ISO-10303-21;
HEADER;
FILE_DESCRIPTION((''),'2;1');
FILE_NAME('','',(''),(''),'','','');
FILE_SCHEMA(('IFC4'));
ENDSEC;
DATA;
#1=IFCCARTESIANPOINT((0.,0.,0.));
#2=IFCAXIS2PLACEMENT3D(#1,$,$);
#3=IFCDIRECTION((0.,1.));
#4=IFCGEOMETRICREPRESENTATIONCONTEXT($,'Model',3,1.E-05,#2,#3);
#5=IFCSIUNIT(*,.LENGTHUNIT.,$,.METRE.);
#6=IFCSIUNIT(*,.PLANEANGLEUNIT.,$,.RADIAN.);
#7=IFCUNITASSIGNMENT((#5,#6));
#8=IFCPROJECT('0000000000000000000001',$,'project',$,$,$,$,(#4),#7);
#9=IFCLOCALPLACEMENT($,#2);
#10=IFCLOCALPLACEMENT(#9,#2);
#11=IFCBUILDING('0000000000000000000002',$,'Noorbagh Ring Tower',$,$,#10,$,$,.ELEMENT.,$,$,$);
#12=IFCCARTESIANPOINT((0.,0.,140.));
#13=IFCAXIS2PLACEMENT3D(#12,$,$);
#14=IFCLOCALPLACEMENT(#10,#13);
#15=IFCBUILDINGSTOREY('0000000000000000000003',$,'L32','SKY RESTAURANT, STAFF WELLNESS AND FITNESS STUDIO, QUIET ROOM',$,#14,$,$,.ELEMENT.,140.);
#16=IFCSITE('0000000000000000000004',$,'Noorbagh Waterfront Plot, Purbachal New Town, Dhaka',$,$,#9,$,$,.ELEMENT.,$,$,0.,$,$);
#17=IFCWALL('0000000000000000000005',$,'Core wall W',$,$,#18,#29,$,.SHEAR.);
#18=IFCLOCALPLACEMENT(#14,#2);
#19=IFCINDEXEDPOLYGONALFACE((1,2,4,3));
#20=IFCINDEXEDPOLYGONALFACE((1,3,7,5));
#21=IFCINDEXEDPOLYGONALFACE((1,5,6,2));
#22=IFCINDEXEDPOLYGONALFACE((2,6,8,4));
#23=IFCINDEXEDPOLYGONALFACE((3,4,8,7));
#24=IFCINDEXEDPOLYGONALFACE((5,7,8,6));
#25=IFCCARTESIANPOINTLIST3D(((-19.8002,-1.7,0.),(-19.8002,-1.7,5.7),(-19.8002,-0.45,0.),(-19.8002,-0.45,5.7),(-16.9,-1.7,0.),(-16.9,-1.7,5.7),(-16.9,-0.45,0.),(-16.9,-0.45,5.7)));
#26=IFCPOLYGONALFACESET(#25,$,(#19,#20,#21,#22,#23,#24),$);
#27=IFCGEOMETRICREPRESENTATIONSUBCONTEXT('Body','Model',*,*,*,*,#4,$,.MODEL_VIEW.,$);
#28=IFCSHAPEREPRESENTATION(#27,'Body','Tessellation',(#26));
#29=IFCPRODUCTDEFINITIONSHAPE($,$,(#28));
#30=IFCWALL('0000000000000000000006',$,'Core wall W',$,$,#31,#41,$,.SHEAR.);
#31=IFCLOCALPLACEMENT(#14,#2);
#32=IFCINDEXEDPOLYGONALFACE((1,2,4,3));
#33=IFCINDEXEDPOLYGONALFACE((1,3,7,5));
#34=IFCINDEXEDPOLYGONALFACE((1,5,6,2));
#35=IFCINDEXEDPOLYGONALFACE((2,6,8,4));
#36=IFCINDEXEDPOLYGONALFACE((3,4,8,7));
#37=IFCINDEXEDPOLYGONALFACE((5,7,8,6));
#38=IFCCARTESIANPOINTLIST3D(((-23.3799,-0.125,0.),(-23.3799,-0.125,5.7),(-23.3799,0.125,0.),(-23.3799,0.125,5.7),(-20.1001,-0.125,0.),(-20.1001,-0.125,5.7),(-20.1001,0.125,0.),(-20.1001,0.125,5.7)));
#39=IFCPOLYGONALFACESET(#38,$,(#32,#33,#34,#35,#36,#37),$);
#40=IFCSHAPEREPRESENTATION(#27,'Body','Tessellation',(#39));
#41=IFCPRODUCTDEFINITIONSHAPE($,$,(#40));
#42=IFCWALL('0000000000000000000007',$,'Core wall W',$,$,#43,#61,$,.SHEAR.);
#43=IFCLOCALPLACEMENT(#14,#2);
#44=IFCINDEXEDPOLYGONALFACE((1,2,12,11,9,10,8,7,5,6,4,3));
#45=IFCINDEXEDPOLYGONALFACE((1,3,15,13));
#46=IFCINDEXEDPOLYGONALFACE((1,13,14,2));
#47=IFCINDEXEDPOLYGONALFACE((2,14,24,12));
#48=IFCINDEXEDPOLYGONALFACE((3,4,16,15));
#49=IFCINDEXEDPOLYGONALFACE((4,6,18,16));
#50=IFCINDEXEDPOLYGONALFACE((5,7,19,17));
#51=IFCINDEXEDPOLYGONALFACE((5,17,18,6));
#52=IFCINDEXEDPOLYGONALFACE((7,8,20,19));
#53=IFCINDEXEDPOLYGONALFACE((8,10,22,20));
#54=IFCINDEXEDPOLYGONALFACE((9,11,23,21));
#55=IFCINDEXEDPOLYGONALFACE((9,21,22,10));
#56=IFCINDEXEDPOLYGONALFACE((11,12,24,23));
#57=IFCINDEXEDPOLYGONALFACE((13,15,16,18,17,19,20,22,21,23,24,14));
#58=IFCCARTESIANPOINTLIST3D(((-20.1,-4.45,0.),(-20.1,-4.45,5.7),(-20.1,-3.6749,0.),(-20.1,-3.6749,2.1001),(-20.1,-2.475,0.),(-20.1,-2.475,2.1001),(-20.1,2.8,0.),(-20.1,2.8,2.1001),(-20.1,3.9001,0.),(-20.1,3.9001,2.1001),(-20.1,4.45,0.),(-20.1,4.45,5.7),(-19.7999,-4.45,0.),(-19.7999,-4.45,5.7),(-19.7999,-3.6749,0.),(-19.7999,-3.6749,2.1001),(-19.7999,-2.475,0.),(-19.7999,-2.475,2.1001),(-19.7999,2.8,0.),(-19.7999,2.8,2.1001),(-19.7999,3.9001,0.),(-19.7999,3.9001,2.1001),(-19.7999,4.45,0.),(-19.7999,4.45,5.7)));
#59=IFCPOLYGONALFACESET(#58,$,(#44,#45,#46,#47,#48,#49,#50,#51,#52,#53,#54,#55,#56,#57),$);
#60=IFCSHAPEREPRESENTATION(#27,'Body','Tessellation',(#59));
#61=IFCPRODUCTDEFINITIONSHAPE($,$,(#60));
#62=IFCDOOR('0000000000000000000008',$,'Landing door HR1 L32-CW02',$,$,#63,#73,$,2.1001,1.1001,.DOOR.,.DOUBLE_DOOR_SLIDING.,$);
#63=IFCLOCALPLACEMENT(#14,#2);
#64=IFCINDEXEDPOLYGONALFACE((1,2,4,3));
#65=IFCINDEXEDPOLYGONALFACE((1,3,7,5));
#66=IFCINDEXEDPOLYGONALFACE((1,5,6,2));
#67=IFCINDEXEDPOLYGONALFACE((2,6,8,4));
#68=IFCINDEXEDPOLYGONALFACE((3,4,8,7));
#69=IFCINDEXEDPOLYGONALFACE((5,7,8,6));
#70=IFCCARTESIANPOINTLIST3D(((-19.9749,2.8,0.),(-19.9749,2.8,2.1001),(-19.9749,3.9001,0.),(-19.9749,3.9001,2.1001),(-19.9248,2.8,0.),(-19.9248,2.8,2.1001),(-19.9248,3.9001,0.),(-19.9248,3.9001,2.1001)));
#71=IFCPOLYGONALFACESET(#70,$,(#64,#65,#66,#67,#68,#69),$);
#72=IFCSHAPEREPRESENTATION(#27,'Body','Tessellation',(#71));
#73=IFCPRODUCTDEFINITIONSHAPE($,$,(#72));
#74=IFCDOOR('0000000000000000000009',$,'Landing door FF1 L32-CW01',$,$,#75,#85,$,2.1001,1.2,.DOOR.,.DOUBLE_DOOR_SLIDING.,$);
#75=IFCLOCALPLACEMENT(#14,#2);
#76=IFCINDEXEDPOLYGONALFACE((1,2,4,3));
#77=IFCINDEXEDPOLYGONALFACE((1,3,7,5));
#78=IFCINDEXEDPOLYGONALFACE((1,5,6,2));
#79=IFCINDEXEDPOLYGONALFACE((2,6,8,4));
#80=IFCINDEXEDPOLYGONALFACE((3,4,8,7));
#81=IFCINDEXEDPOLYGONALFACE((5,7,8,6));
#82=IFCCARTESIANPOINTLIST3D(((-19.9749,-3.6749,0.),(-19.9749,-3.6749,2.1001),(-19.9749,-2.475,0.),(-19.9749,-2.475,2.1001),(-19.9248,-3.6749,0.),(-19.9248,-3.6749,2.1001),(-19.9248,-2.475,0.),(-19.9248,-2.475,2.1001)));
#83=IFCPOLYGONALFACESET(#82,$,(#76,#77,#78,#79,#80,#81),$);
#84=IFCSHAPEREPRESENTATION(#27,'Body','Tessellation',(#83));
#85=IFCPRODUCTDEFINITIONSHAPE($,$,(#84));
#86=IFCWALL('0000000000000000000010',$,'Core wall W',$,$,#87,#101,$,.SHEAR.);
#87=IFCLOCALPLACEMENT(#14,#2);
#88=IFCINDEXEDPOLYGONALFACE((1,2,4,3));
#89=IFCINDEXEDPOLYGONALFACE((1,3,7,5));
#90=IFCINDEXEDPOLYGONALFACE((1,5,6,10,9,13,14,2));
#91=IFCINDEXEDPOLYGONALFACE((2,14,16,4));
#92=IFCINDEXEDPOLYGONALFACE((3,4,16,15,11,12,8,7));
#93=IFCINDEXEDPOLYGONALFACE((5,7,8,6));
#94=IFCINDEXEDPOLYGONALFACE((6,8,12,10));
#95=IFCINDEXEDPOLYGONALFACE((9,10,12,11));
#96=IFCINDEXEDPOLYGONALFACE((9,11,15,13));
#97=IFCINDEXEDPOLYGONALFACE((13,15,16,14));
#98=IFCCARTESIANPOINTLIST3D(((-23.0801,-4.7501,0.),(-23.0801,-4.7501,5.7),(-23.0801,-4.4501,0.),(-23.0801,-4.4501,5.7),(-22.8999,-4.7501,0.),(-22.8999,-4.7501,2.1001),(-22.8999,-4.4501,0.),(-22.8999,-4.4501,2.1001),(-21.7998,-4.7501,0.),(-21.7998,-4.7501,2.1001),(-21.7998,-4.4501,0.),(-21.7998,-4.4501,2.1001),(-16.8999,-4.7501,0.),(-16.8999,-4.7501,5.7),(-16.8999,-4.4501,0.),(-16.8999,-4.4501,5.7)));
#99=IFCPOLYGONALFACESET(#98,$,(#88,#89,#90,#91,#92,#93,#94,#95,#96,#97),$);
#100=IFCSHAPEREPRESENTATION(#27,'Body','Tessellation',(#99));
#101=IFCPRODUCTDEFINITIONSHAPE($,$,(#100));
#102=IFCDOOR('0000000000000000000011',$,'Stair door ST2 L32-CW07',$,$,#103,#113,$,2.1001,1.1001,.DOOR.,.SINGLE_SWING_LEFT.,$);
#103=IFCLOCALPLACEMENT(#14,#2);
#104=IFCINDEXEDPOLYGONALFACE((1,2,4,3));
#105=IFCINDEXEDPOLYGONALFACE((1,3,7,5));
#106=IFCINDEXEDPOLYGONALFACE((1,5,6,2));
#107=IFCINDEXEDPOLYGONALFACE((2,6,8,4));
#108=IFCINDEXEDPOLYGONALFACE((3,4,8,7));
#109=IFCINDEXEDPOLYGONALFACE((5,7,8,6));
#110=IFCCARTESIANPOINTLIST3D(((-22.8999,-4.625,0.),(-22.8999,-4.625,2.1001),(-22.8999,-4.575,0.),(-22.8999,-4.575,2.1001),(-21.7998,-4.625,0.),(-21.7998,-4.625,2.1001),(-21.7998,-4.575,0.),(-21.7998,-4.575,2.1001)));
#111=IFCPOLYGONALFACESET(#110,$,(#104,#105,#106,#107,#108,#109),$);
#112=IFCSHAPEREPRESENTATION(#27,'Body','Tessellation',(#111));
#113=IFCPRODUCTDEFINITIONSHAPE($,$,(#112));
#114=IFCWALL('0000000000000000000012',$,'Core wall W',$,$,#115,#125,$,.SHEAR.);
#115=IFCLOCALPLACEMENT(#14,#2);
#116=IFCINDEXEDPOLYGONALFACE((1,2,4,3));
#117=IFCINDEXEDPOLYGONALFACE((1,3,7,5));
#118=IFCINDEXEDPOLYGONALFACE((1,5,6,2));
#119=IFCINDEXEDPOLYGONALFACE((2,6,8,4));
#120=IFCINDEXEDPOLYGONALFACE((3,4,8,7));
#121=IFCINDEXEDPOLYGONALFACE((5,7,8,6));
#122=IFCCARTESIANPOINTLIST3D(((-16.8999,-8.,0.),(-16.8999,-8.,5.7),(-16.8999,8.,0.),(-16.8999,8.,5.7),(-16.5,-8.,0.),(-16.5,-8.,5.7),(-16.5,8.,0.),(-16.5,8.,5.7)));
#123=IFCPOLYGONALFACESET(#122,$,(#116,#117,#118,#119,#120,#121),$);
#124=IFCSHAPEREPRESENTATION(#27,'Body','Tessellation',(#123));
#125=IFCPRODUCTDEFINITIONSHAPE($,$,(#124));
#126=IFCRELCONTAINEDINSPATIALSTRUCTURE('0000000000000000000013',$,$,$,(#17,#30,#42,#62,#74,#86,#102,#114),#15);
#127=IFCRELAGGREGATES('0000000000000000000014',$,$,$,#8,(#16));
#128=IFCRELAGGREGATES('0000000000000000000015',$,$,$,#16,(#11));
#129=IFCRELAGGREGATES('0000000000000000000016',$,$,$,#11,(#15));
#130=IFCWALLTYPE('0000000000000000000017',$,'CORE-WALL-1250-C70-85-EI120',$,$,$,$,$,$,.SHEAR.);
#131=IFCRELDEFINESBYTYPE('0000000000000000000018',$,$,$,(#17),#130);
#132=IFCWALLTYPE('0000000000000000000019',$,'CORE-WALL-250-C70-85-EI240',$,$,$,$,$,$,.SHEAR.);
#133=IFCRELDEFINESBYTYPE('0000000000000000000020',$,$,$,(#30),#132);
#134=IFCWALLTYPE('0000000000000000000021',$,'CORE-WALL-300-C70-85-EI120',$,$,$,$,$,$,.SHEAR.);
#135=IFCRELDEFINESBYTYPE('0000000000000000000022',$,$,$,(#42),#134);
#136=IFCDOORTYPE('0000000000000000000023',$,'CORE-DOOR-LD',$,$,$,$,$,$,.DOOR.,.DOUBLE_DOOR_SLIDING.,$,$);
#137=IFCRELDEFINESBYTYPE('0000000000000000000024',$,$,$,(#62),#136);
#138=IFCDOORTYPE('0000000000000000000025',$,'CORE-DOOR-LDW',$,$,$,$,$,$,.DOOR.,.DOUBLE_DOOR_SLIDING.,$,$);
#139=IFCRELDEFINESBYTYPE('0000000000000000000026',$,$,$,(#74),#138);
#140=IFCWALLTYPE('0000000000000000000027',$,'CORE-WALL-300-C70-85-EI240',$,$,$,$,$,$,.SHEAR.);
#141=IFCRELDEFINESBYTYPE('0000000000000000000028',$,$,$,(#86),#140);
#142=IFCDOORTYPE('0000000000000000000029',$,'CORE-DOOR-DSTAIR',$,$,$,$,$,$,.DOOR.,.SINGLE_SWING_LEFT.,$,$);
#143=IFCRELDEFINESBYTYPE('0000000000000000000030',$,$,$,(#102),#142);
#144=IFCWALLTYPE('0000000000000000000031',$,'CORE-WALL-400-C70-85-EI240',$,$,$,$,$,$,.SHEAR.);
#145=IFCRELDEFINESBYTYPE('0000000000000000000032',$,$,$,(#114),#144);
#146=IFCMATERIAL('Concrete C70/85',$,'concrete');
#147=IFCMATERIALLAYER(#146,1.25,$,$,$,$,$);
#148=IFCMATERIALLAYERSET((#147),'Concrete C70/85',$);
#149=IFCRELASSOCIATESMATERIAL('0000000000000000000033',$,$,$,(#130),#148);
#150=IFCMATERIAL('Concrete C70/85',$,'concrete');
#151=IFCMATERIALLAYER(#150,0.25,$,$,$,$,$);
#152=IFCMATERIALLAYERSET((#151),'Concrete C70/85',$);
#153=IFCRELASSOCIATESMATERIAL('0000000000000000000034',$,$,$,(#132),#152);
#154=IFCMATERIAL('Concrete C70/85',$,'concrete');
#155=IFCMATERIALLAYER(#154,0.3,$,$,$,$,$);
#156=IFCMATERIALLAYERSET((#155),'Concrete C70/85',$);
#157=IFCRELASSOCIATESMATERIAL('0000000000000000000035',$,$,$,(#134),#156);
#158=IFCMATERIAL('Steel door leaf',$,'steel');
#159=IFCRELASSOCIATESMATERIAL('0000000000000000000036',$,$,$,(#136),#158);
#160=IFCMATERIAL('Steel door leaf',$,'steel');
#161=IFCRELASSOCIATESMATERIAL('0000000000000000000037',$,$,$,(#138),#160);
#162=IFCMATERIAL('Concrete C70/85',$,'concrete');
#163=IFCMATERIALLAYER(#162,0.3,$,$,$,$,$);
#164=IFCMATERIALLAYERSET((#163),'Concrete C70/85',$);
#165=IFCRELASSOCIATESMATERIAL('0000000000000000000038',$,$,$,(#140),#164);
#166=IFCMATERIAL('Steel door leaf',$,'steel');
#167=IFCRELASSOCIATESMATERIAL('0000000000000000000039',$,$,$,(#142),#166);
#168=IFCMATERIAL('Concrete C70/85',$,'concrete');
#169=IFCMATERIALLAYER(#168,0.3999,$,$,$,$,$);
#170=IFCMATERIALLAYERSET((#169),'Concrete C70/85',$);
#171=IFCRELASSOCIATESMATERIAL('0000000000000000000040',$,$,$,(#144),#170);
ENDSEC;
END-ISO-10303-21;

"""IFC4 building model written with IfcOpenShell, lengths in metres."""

from ifc_helpers import new_model, si_unit, direction, frame, frame_2d, origin, place, context, subcontext, project, spatial, rectangle, extrude, material, layer, layer_set, type_object, element, fill, save


model = new_model("IFC4")

# Units and contexts
model_context = context("Model", 3, precision=1e-05, world=origin(), true_north=direction((0.0, 1.0)))
body_context = subcontext(model_context, "Body", "Model", "MODEL_VIEW")
ifc_project = project(units=[si_unit("LENGTHUNIT", "METRE"), si_unit("PLANEANGLEUNIT", "RADIAN")], contexts=[model_context])

# Site, building, storey
site_placement = place(None, origin())
site = spatial("IfcSite", under=ifc_project, at=site_placement, Name="Noorbagh Waterfront Plot, Purbachal New Town, Dhaka", CompositionType="ELEMENT", RefElevation=0.0)
building_placement = place(site_placement, origin())
building = spatial("IfcBuilding", under=site, at=building_placement, Name="Noorbagh Ring Tower", CompositionType="ELEMENT")
storey_placement = place(building_placement, frame((0.0, 0.0, 140.0)))
storey = spatial("IfcBuildingStorey", under=building, at=storey_placement, Name="L32", Description="SKY RESTAURANT, STAFF WELLNESS AND FITNESS STUDIO, QUIET ROOM", CompositionType="ELEMENT", Elevation=140.0)

# Walls
ifc_material_1 = material(Name="Concrete C70/85", Category="concrete")
ifc_layer_1 = layer(ifc_material_1, 1.25)
ifc_layer_set_1 = layer_set([ifc_layer_1], Name="Concrete C70/85")
wall_type_1 = type_object("IfcWallType", Name="CORE-WALL-1250-C70-85-EI120", PredefinedType="SHEAR", material=ifc_layer_set_1)
wall_1_placement = place(storey_placement, frame((-16.8999, -1.075, 0.0), z_axis=(0.0, 0.0, 1.0), x_axis=(-1.0, 0.0, 0.0)))
element("IfcWall", 1, at=wall_1_placement, inside=storey, type_object=wall_type_1, Name="Core wall W", PredefinedType="SHEAR", context=body_context, shape_type="SweptSolid", body=[
    extrude(rectangle(XDim=2.9001, YDim=1.25, at=frame_2d((1.4502, 0.0))), origin(), (0.0, 0.0, 1.0), 5.7),
])
ifc_material_2 = material(Name="Concrete C70/85", Category="concrete")
ifc_layer_2 = layer(ifc_material_2, 0.25)
ifc_layer_set_2 = layer_set([ifc_layer_2], Name="Concrete C70/85")
wall_type_2 = type_object("IfcWallType", Name="CORE-WALL-250-C70-85-EI240", PredefinedType="SHEAR", material=ifc_layer_set_2)
wall_2_placement = place(storey_placement, frame((-20.1001, 0.0, 0.0), z_axis=(0.0, 0.0, 1.0), x_axis=(-1.0, 0.0, 0.0)))
element("IfcWall", 2, at=wall_2_placement, inside=storey, type_object=wall_type_2, Name="Core wall W", PredefinedType="SHEAR", context=body_context, shape_type="SweptSolid", body=[
    extrude(rectangle(XDim=3.2798, YDim=0.25, at=frame_2d((1.6399, 0.0))), origin(), (0.0, 0.0, 1.0), 5.7),
])

# Wall, openings, doors
ifc_material_3 = material(Name="Concrete C70/85", Category="concrete")
ifc_layer_3 = layer(ifc_material_3, 0.3)
ifc_layer_set_3 = layer_set([ifc_layer_3], Name="Concrete C70/85")
wall_type_3 = type_object("IfcWallType", Name="CORE-WALL-300-C70-85-EI120", PredefinedType="SHEAR", material=ifc_layer_set_3)
wall_3_placement = place(storey_placement, frame((-19.95, -4.45, 0.0), z_axis=(0.0, 0.0, 1.0), x_axis=(0.0, 1.0, 0.0)))
wall_3 = element("IfcWall", 3, at=wall_3_placement, inside=storey, type_object=wall_type_3, Name="Core wall W", PredefinedType="SHEAR", context=body_context, shape_type="SweptSolid", body=[
    extrude(rectangle(XDim=8.8999, YDim=0.3, at=frame_2d((4.45, 0.0))), origin(), (0.0, 0.0, 1.0), 5.7),
])
opening_1_placement = place(wall_3_placement, frame((0.7749, 0.0, 0.0)))
opening_1 = element("IfcOpeningElement", 4, at=opening_1_placement, cuts=wall_3, PredefinedType="OPENING", context=body_context, shape_type="SweptSolid", body=[
    extrude(rectangle(XDim=1.2, YDim=2.1001, at=frame_2d((0.6001, 1.05))), frame((0.0, 0.1602, 0.0), z_axis=(0.0, -1.0, 0.0), x_axis=(1.0, 0.0, 0.0)), (0.0, 0.0, 1.0), 0.3201),
])
opening_2_placement = place(wall_3_placement, frame((7.25, 0.0, 0.0)))
opening_2 = element("IfcOpeningElement", 5, at=opening_2_placement, cuts=wall_3, PredefinedType="OPENING", context=body_context, shape_type="SweptSolid", body=[
    extrude(rectangle(XDim=1.1001, YDim=2.1001, at=frame_2d((0.55, 1.05))), frame((0.0, 0.1602, 0.0), z_axis=(0.0, -1.0, 0.0), x_axis=(1.0, 0.0, 0.0)), (0.0, 0.0, 1.0), 0.3201),
])
ifc_material_4 = material(Name="Steel door leaf", Category="steel")
door_type_1 = type_object("IfcDoorType", Name="CORE-DOOR-LD", OperationType="DOUBLE_DOOR_SLIDING", PredefinedType="DOOR", material=ifc_material_4)
door_1_placement = place(opening_2_placement, origin())
door_1 = element("IfcDoor", 6, at=door_1_placement, inside=storey, type_object=door_type_1, Name="Landing door HR1 L32-CW02", OperationType="DOUBLE_DOOR_SLIDING", OverallHeight=2.1001, OverallWidth=1.1001, PredefinedType="DOOR", context=body_context, shape_type="SweptSolid", body=[
    extrude(rectangle(XDim=1.1001, YDim=2.1001, at=frame_2d((0.55, 1.05))), frame((0.0, 0.0249, 0.0), z_axis=(0.0, -1.0, 0.0), x_axis=(1.0, 0.0, 0.0)), (0.0, 0.0, 1.0), 0.05),
])
fill(opening_2, door_1)
ifc_material_5 = material(Name="Steel door leaf", Category="steel")
door_type_2 = type_object("IfcDoorType", Name="CORE-DOOR-LDW", OperationType="DOUBLE_DOOR_SLIDING", PredefinedType="DOOR", material=ifc_material_5)
door_2_placement = place(opening_1_placement, origin())
door_2 = element("IfcDoor", 7, at=door_2_placement, inside=storey, type_object=door_type_2, Name="Landing door FF1 L32-CW01", OperationType="DOUBLE_DOOR_SLIDING", OverallHeight=2.1001, OverallWidth=1.2, PredefinedType="DOOR", context=body_context, shape_type="SweptSolid", body=[
    extrude(rectangle(XDim=1.2, YDim=2.1001, at=frame_2d((0.6001, 1.05))), frame((0.0, 0.0249, 0.0), z_axis=(0.0, -1.0, 0.0), x_axis=(1.0, 0.0, 0.0)), (0.0, 0.0, 1.0), 0.05),
])
fill(opening_1, door_2)

# Wall, opening, door
ifc_material_6 = material(Name="Concrete C70/85", Category="concrete")
ifc_layer_4 = layer(ifc_material_6, 0.3)
ifc_layer_set_4 = layer_set([ifc_layer_4], Name="Concrete C70/85")
wall_type_4 = type_object("IfcWallType", Name="CORE-WALL-300-C70-85-EI240", PredefinedType="SHEAR", material=ifc_layer_set_4)
wall_4_placement = place(storey_placement, frame((-16.8999, -4.6001, 0.0), z_axis=(0.0, 0.0, 1.0), x_axis=(-1.0, 0.0, 0.0)))
wall_4 = element("IfcWall", 8, at=wall_4_placement, inside=storey, type_object=wall_type_4, Name="Core wall W", PredefinedType="SHEAR", context=body_context, shape_type="SweptSolid", body=[
    extrude(rectangle(XDim=6.1802, YDim=0.3, at=frame_2d((3.0901, 0.0))), origin(), (0.0, 0.0, 1.0), 5.7),
])
opening_3_placement = place(wall_4_placement, frame((4.8999, 0.0, 0.0)))
opening_3 = element("IfcOpeningElement", 9, at=opening_3_placement, cuts=wall_4, PredefinedType="OPENING", context=body_context, shape_type="SweptSolid", body=[
    extrude(rectangle(XDim=1.1001, YDim=2.1001, at=frame_2d((0.55, 1.05))), frame((0.0, 0.1602, 0.0), z_axis=(0.0, -1.0, 0.0), x_axis=(1.0, 0.0, 0.0)), (0.0, 0.0, 1.0), 0.3201),
])
ifc_material_7 = material(Name="Steel door leaf", Category="steel")
door_type_3 = type_object("IfcDoorType", Name="CORE-DOOR-DSTAIR", OperationType="SINGLE_SWING_LEFT", PredefinedType="DOOR", material=ifc_material_7)
door_3_placement = place(opening_3_placement, origin())
door_3 = element("IfcDoor", 10, at=door_3_placement, inside=storey, type_object=door_type_3, Name="Stair door ST2 L32-CW07", OperationType="SINGLE_SWING_LEFT", OverallHeight=2.1001, OverallWidth=1.1001, PredefinedType="DOOR", context=body_context, shape_type="SweptSolid", body=[
    extrude(rectangle(XDim=1.1001, YDim=2.1001, at=frame_2d((0.55, 1.05))), frame((0.0, 0.0249, 0.0), z_axis=(0.0, -1.0, 0.0), x_axis=(1.0, 0.0, 0.0)), (0.0, 0.0, 1.0), 0.05),
])
fill(opening_3, door_3)

# Wall
ifc_material_8 = material(Name="Concrete C70/85", Category="concrete")
ifc_layer_5 = layer(ifc_material_8, 0.3999)
ifc_layer_set_5 = layer_set([ifc_layer_5], Name="Concrete C70/85")
wall_type_5 = type_object("IfcWallType", Name="CORE-WALL-400-C70-85-EI240", PredefinedType="SHEAR", material=ifc_layer_set_5)
wall_5_placement = place(storey_placement, frame((-16.7, -8.0, 0.0), z_axis=(0.0, 0.0, 1.0), x_axis=(0.0, 1.0, 0.0)))
element("IfcWall", 11, at=wall_5_placement, inside=storey, type_object=wall_type_5, Name="Core wall W", PredefinedType="SHEAR", context=body_context, shape_type="SweptSolid", body=[
    extrude(rectangle(XDim=16.0, YDim=0.3999, at=frame_2d((8.0, 0.0))), origin(), (0.0, 0.0, 1.0), 5.7),
])

save(model, "model.ifc")
